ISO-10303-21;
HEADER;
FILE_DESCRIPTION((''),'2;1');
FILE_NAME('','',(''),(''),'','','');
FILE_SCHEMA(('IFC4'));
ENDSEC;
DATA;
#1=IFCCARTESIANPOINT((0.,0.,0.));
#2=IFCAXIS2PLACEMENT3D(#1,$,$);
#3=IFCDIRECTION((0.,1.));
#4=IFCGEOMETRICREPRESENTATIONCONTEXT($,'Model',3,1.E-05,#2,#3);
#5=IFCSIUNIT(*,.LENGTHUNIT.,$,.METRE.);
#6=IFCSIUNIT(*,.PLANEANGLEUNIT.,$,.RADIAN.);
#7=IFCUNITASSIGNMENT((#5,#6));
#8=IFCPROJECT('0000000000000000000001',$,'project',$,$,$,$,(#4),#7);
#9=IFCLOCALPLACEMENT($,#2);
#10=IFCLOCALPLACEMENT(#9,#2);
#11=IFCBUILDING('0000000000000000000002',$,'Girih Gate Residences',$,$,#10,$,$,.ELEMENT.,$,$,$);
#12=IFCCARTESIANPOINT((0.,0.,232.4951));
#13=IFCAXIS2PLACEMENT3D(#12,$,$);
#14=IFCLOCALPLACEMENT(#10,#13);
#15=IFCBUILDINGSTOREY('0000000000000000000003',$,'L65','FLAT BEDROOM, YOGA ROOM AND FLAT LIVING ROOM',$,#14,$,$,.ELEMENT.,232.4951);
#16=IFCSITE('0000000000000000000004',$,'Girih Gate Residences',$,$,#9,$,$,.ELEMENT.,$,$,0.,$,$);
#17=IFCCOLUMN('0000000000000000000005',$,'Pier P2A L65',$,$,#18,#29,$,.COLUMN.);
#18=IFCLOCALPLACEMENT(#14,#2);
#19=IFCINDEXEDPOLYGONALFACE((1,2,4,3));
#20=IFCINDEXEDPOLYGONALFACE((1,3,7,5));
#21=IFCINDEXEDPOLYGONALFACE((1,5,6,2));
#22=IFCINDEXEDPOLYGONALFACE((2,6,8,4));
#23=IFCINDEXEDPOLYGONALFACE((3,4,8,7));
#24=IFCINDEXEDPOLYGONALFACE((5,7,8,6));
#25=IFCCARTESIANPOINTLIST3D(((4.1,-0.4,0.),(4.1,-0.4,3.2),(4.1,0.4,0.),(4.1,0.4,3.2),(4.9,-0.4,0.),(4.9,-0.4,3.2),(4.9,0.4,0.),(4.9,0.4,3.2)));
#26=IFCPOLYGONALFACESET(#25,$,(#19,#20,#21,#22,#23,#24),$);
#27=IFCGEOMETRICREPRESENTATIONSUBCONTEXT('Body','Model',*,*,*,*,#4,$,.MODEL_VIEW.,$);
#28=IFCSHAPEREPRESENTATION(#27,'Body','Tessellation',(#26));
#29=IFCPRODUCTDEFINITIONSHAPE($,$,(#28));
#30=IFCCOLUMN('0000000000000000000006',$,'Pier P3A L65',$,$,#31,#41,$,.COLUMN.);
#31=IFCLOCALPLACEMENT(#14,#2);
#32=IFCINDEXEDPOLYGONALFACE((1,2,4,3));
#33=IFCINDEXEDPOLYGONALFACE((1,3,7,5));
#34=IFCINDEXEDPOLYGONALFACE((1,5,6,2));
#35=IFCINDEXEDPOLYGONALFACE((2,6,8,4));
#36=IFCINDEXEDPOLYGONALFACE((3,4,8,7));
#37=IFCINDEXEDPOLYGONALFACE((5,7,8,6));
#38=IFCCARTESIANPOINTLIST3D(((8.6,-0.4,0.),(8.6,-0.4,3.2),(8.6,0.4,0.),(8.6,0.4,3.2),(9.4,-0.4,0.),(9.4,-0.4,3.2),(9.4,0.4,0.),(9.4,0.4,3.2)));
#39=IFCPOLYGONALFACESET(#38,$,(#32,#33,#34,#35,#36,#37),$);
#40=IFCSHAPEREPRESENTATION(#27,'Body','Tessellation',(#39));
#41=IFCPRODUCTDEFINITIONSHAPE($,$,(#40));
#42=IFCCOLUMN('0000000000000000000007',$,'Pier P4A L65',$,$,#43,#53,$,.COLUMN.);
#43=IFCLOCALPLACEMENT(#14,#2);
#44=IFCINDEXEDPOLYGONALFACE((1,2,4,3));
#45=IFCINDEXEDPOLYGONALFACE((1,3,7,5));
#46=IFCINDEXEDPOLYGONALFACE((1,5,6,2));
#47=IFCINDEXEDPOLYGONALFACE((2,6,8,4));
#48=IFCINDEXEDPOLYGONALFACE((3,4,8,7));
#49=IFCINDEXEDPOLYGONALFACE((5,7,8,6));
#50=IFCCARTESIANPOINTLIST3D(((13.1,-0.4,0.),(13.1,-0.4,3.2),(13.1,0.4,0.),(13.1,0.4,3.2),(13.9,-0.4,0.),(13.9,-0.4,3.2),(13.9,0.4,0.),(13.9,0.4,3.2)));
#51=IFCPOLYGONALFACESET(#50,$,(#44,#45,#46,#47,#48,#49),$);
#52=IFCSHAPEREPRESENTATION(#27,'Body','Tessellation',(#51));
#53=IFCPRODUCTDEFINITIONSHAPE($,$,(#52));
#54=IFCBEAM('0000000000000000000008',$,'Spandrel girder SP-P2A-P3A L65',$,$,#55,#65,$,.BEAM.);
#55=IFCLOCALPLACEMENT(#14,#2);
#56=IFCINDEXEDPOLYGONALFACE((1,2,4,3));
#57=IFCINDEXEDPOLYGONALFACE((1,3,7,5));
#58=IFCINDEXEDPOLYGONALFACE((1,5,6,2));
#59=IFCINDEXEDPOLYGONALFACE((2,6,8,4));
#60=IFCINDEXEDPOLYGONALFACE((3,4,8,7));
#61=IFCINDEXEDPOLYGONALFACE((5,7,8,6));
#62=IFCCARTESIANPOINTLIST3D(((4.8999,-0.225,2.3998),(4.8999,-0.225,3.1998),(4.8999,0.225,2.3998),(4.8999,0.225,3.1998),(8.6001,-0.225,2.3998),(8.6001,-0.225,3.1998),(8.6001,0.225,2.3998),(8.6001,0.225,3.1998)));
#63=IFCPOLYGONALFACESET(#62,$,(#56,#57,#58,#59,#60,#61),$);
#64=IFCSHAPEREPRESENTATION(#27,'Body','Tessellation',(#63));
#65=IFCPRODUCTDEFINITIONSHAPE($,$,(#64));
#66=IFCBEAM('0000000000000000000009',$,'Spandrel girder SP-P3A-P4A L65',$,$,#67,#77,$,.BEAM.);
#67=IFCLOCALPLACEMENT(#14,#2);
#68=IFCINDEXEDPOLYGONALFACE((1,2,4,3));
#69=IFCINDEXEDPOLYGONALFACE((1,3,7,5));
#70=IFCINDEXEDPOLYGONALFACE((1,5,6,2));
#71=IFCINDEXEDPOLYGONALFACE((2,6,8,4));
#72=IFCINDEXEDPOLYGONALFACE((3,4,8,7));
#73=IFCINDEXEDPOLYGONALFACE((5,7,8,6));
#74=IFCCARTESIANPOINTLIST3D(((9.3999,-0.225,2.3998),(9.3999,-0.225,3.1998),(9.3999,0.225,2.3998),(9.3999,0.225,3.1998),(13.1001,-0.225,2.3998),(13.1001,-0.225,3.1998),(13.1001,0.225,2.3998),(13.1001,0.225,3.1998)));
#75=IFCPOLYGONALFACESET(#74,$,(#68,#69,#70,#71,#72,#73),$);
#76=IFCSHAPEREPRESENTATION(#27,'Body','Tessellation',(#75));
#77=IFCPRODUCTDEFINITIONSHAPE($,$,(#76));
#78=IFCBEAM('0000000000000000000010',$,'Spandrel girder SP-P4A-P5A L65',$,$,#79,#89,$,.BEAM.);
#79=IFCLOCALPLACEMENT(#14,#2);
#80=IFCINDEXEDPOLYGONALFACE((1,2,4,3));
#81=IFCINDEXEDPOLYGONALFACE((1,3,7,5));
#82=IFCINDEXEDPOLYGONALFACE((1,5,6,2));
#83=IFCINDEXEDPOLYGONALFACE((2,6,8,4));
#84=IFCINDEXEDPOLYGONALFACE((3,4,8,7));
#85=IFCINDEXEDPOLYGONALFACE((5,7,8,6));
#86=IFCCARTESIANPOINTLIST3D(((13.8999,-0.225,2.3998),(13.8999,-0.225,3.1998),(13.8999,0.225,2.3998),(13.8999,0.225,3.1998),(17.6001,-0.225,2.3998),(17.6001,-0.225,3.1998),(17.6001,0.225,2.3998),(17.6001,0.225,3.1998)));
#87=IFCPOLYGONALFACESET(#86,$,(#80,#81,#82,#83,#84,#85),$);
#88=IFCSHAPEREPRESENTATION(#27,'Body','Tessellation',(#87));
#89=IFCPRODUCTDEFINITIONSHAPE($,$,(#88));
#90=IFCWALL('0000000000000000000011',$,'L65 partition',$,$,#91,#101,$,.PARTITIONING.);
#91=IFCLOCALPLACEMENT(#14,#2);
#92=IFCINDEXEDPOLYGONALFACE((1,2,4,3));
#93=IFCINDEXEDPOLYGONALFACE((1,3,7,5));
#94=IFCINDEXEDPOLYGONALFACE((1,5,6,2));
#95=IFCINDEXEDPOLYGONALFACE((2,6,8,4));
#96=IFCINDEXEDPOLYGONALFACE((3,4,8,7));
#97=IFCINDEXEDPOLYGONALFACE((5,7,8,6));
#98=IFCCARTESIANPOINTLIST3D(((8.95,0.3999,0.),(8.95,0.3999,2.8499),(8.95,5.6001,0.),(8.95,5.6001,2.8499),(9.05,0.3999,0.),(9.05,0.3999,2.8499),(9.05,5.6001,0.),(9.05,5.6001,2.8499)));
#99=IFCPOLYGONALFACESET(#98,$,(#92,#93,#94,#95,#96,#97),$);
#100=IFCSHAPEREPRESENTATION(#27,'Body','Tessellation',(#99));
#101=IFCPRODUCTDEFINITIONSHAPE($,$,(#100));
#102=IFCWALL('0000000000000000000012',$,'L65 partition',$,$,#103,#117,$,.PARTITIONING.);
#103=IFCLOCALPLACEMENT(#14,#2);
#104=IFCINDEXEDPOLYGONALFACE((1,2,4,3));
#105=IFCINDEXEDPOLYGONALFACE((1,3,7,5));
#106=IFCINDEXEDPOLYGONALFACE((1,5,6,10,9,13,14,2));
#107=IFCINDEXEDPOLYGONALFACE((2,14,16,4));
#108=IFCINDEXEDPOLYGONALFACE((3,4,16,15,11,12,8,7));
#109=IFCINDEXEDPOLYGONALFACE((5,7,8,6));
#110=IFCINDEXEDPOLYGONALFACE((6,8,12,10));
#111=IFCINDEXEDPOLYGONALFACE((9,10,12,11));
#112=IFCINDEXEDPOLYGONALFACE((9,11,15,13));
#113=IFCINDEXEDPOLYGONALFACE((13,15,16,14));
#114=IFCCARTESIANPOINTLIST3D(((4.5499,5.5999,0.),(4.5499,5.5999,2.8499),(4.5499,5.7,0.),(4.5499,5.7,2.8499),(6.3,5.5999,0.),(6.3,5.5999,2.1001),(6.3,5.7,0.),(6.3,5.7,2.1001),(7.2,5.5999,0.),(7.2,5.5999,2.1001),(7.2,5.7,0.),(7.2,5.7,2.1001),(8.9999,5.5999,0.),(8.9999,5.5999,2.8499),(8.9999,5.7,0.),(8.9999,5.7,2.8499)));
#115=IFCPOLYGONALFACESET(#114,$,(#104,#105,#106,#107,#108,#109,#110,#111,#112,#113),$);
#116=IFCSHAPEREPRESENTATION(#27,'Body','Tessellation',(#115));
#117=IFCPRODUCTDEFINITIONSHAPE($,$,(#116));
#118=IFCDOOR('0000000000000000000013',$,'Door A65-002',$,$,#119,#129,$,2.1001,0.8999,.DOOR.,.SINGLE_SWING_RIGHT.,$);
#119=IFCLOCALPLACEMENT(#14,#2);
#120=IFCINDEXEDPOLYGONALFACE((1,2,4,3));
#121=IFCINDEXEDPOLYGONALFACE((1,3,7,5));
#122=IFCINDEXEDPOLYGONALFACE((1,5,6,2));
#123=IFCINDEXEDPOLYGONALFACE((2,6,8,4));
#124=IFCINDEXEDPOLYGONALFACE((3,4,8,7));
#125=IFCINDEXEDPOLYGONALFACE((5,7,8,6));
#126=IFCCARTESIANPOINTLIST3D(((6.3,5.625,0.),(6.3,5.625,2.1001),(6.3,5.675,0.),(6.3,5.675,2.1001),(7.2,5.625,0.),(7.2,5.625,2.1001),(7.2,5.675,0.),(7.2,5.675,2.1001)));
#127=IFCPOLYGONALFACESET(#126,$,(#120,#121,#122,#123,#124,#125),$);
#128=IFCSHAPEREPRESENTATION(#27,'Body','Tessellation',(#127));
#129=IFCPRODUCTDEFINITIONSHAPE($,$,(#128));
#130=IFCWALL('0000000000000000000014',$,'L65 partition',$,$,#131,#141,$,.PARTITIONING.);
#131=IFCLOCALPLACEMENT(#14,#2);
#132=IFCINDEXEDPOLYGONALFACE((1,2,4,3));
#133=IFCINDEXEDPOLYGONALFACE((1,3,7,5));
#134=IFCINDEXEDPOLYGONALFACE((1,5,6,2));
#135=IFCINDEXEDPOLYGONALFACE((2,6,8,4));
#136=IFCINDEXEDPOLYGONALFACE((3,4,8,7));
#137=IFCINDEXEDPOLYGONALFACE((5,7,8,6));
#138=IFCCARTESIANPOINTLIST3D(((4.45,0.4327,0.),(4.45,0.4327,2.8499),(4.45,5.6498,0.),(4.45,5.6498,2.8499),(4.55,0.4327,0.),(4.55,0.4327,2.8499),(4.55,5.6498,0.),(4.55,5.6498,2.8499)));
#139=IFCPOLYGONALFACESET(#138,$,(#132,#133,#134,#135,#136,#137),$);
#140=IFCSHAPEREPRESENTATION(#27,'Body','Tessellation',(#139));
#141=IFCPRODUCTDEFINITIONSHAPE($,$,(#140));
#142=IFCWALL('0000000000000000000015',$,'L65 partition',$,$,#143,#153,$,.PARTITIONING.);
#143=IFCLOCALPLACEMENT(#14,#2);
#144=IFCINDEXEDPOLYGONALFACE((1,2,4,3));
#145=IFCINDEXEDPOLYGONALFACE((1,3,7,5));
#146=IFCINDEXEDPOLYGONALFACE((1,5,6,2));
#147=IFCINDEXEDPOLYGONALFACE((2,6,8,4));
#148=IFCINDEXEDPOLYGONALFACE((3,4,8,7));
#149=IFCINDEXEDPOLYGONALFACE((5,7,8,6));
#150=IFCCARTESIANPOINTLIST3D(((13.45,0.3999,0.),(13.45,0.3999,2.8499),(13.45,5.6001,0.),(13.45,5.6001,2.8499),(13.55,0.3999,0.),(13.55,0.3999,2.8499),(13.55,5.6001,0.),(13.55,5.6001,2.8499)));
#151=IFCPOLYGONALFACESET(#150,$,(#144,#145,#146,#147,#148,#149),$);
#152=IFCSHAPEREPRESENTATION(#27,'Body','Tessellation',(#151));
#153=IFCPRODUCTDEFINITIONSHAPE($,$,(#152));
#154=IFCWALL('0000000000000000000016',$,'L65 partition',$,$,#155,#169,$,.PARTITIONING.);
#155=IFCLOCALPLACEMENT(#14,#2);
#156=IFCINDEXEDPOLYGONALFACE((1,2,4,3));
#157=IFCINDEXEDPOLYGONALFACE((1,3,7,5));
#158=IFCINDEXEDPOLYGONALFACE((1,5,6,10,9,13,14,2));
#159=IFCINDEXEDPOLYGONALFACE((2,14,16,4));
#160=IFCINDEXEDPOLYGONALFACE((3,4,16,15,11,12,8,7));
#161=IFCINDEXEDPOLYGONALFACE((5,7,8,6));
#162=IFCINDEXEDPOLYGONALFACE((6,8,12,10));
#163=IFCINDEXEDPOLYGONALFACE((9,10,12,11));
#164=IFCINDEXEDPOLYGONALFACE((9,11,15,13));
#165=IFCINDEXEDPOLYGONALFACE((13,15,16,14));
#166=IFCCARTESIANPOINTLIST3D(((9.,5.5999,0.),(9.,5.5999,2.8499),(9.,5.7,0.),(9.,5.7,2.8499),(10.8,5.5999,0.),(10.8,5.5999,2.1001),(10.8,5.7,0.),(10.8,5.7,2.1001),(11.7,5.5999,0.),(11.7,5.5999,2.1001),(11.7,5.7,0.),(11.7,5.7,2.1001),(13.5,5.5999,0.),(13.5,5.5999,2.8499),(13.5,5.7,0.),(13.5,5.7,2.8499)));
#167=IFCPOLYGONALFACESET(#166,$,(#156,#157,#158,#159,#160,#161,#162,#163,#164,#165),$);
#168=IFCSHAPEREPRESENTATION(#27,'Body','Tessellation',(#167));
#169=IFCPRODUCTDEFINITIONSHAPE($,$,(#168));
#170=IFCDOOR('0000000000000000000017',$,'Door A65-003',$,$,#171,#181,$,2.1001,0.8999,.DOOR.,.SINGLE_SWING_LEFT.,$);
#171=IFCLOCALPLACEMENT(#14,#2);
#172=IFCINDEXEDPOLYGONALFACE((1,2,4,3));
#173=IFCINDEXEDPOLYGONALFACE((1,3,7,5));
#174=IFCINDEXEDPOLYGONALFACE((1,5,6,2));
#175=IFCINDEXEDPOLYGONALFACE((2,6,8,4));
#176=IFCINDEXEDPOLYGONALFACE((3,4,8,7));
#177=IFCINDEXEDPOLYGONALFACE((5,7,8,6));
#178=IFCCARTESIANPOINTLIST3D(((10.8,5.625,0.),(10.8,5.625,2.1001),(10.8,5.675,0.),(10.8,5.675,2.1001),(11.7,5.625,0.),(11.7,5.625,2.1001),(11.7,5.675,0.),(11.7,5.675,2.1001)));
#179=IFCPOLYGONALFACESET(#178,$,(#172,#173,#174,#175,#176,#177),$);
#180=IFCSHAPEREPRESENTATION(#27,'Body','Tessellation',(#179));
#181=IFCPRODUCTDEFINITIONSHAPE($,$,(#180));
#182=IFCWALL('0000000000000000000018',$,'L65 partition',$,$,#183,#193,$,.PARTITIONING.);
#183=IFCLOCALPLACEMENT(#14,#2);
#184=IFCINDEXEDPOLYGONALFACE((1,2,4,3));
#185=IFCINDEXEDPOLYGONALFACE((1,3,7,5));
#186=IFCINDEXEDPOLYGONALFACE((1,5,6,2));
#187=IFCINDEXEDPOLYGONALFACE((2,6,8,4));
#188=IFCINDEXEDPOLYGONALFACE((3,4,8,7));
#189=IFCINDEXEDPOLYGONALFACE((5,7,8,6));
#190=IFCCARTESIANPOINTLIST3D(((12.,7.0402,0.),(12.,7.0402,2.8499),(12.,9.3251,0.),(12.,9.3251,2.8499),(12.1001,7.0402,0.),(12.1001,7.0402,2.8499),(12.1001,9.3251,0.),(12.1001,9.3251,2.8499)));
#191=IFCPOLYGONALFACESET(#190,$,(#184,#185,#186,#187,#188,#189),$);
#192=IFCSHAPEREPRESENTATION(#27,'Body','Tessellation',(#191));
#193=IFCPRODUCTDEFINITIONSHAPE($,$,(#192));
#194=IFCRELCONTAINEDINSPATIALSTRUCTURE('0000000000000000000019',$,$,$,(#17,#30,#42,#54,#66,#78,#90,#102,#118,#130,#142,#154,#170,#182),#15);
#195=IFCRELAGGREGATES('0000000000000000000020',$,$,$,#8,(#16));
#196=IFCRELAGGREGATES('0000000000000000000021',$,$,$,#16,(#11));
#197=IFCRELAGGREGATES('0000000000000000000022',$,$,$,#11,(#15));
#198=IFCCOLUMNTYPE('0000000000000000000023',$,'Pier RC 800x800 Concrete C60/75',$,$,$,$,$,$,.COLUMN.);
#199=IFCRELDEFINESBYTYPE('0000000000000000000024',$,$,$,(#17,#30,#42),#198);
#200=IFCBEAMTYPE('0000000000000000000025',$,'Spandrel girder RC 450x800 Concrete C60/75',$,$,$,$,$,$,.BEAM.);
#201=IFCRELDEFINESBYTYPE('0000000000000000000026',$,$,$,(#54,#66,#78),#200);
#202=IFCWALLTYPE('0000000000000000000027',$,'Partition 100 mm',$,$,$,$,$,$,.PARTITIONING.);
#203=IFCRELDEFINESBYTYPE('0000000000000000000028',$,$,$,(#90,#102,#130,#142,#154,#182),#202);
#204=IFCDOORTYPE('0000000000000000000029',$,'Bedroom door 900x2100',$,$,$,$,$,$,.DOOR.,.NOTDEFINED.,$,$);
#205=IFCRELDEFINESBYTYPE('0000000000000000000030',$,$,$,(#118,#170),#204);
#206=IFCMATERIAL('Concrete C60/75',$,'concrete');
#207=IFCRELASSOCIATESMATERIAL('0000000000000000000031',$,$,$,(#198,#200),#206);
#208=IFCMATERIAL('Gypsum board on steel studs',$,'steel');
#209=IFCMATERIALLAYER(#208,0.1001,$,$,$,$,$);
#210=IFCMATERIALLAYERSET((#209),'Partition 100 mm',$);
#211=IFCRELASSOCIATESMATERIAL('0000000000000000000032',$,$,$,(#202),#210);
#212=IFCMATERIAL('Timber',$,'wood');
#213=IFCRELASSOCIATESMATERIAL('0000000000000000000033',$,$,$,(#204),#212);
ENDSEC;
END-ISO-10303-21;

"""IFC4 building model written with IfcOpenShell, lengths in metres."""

from ifc_helpers import new_model, si_unit, direction, frame, frame_2d, origin, origin_2d, place, context, subcontext, project, spatial, rectangle, extrude, material, layer, layer_set, material_profile, profile_set, type_object, element, fill, save


model = new_model("IFC4")

# Units and contexts
model_context = context("Model", 3, precision=1e-05, world=origin(), true_north=direction((0.0, 1.0)))
body_context = subcontext(model_context, "Body", "Model", "MODEL_VIEW")
ifc_project = project(units=[si_unit("LENGTHUNIT", "METRE"), si_unit("PLANEANGLEUNIT", "RADIAN")], contexts=[model_context])

# Site, building, storey
site_placement = place(None, origin())
site = spatial("IfcSite", under=ifc_project, at=site_placement, Name="Girih Gate Residences", CompositionType="ELEMENT", RefElevation=0.0)
building_placement = place(site_placement, origin())
building = spatial("IfcBuilding", under=site, at=building_placement, Name="Girih Gate Residences", CompositionType="ELEMENT")
storey_placement = place(building_placement, frame((0.0, 0.0, 232.4951)))
storey = spatial("IfcBuildingStorey", under=building, at=storey_placement, Name="L65", Description="FLAT BEDROOM, YOGA ROOM AND FLAT LIVING ROOM", CompositionType="ELEMENT", Elevation=232.4951)

# Columns
ifc_material_1 = material(Name="Concrete C60/75", Category="concrete")
ifc_material_profile_1 = material_profile(ifc_material_1, rectangle(XDim=0.8, YDim=0.8, at=origin_2d()))
ifc_profile_set_1 = profile_set([ifc_material_profile_1], Name="Concrete C60/75")
column_type = type_object("IfcColumnType", Name="Pier RC 800x800 Concrete C60/75", PredefinedType="COLUMN", material=ifc_profile_set_1)
for number, where, z_axis, x_axis, name in (
    (1, (4.5, 0.0, 0.0), (0.0, 0.0, 1.0), (1.0, 0.0, 0.0), "Pier P2A L65"),
    (2, (9.0, 0.0, 0.0), (0.0, 0.0, 1.0), (1.0, 0.0, 0.0), "Pier P3A L65"),
    (3, (13.5, 0.0, 0.0), (0.0, 0.0, 1.0), (1.0, 0.0, 0.0), "Pier P4A L65"),
):
    element("IfcColumn", number, at=place(storey_placement, frame(where, z_axis=z_axis, x_axis=x_axis)), inside=storey, type_object=column_type, Name=name, PredefinedType="COLUMN", context=body_context, shape_type="SweptSolid", body=[
        extrude(rectangle(XDim=0.8, YDim=0.8, at=origin_2d()), origin(), (0.0, 0.0, 1.0), 3.2),
    ])

# Beams
ifc_material_profile_2 = material_profile(ifc_material_1, rectangle(XDim=0.45, YDim=0.8, at=origin_2d()))
ifc_profile_set_2 = profile_set([ifc_material_profile_2], Name="Concrete C60/75")
beam_type = type_object("IfcBeamType", Name="Spandrel girder RC 450x800 Concrete C60/75", PredefinedType="BEAM", material=ifc_profile_set_2)
for number, where, z_axis, x_axis, name in (
    (4, (4.8999, 0.0, 2.7998), (1.0, 0.0, 0.0), (0.0, 1.0, 0.0), "Spandrel girder SP-P2A-P3A L65"),
    (5, (9.3999, 0.0, 2.7998), (1.0, 0.0, 0.0), (0.0, 1.0, 0.0), "Spandrel girder SP-P3A-P4A L65"),
    (6, (13.8999, 0.0, 2.7998), (1.0, 0.0, 0.0), (0.0, 1.0, 0.0), "Spandrel girder SP-P4A-P5A L65"),
):
    element("IfcBeam", number, at=place(storey_placement, frame(where, z_axis=z_axis, x_axis=x_axis)), inside=storey, type_object=beam_type, Name=name, PredefinedType="BEAM", context=body_context, shape_type="SweptSolid", body=[
        extrude(rectangle(XDim=0.45, YDim=0.8, at=origin_2d()), origin(), (0.0, 0.0, 1.0), 3.7002),
    ])

# Wall
ifc_material_2 = material(Name="Gypsum board on steel studs", Category="steel")
ifc_layer_1 = layer(ifc_material_2, 0.1001)
ifc_layer_set_1 = layer_set([ifc_layer_1], Name="Partition 100 mm")
wall_type_1 = type_object("IfcWallType", Name="Partition 100 mm", PredefinedType="PARTITIONING", material=ifc_layer_set_1)
wall_1_placement = place(storey_placement, frame((9.0, 0.3999, 0.0), z_axis=(0.0, 0.0, 1.0), x_axis=(0.0, 1.0, 0.0)))
element("IfcWall", 7, at=wall_1_placement, inside=storey, type_object=wall_type_1, Name="L65 partition", PredefinedType="PARTITIONING", context=body_context, shape_type="SweptSolid", body=[
    extrude(rectangle(XDim=5.2002, YDim=0.1001, at=frame_2d((2.6001, 0.0))), origin(), (0.0, 0.0, 1.0), 2.8499),
])

# Wall, opening, door
wall_2_placement = place(storey_placement, frame((9.0, 5.6499, 0.0), z_axis=(0.0, 0.0, 1.0), x_axis=(-1.0, 0.0, 0.0)))
wall_2 = element("IfcWall", 8, at=wall_2_placement, inside=storey, type_object=wall_type_1, Name="L65 partition", PredefinedType="PARTITIONING", context=body_context, shape_type="SweptSolid", body=[
    extrude(rectangle(XDim=4.45, YDim=0.1001, at=frame_2d((2.2251, 0.0))), origin(), (0.0, 0.0, 1.0), 2.8499),
])
opening_1_placement = place(wall_2_placement, frame((1.8, 0.0, 0.0)))
opening_1 = element("IfcOpeningElement", 9, at=opening_1_placement, cuts=wall_2, PredefinedType="OPENING", context=body_context, shape_type="SweptSolid", body=[
    extrude(rectangle(XDim=0.8999, YDim=2.1001, at=frame_2d((0.45, 1.05))), frame((0.0, 0.0601, 0.0), z_axis=(0.0, -1.0, 0.0), x_axis=(1.0, 0.0, 0.0)), (0.0, 0.0, 1.0), 0.1201),
])
ifc_material_3 = material(Name="Timber", Category="wood")
door_type_1 = type_object("IfcDoorType", Name="Bedroom door 900x2100", OperationType="NOTDEFINED", PredefinedType="DOOR", material=ifc_material_3)
door_1_placement = place(opening_1_placement, origin())
door_1 = element("IfcDoor", 10, at=door_1_placement, inside=storey, type_object=door_type_1, Name="Door A65-002", OperationType="SINGLE_SWING_RIGHT", OverallHeight=2.1001, OverallWidth=0.8999, PredefinedType="DOOR", context=body_context, shape_type="SweptSolid", body=[
    extrude(rectangle(XDim=0.8999, YDim=2.1001, at=frame_2d((0.45, 1.05))), frame((0.0, 0.0249, 0.0), z_axis=(0.0, -1.0, 0.0), x_axis=(1.0, 0.0, 0.0)), (0.0, 0.0, 1.0), 0.05),
])
fill(opening_1, door_1)

# Walls
wall_3_placement = place(storey_placement, frame((4.5, 0.4329, 0.0), z_axis=(0.0, 0.0, 1.0), x_axis=(0.0, 1.0, 0.0)))
element("IfcWall", 11, at=wall_3_placement, inside=storey, type_object=wall_type_1, Name="L65 partition", PredefinedType="PARTITIONING", context=body_context, shape_type="SweptSolid", body=[
    extrude(rectangle(XDim=5.217, YDim=0.1001, at=frame_2d((2.6084, 0.0))), origin(), (0.0, 0.0, 1.0), 2.8499),
])
wall_4_placement = place(storey_placement, frame((13.5, 0.3999, 0.0), z_axis=(0.0, 0.0, 1.0), x_axis=(0.0, 1.0, 0.0)))
element("IfcWall", 12, at=wall_4_placement, inside=storey, type_object=wall_type_1, Name="L65 partition", PredefinedType="PARTITIONING", context=body_context, shape_type="SweptSolid", body=[
    extrude(rectangle(XDim=5.2002, YDim=0.1001, at=frame_2d((2.6001, 0.0))), origin(), (0.0, 0.0, 1.0), 2.8499),
])

# Wall, opening, door
wall_5_placement = place(storey_placement, frame((13.5, 5.6499, 0.0), z_axis=(0.0, 0.0, 1.0), x_axis=(-1.0, 0.0, 0.0)))
wall_5 = element("IfcWall", 13, at=wall_5_placement, inside=storey, type_object=wall_type_1, Name="L65 partition", PredefinedType="PARTITIONING", context=body_context, shape_type="SweptSolid", body=[
    extrude(rectangle(XDim=4.5, YDim=0.1001, at=frame_2d((2.25, 0.0))), origin(), (0.0, 0.0, 1.0), 2.8499),
])
opening_2_placement = place(wall_5_placement, frame((1.8, 0.0, 0.0)))
opening_2 = element("IfcOpeningElement", 14, at=opening_2_placement, cuts=wall_5, PredefinedType="OPENING", context=body_context, shape_type="SweptSolid", body=[
    extrude(rectangle(XDim=0.8999, YDim=2.1001, at=frame_2d((0.45, 1.05))), frame((0.0, 0.0601, 0.0), z_axis=(0.0, -1.0, 0.0), x_axis=(1.0, 0.0, 0.0)), (0.0, 0.0, 1.0), 0.1201),
])
door_2_placement = place(opening_2_placement, origin())
door_2 = element("IfcDoor", 15, at=door_2_placement, inside=storey, type_object=door_type_1, Name="Door A65-003", OperationType="SINGLE_SWING_LEFT", OverallHeight=2.1001, OverallWidth=0.8999, PredefinedType="DOOR", context=body_context, shape_type="SweptSolid", body=[
    extrude(rectangle(XDim=0.8999, YDim=2.1001, at=frame_2d((0.45, 1.05))), frame((0.0, 0.0249, 0.0), z_axis=(0.0, -1.0, 0.0), x_axis=(1.0, 0.0, 0.0)), (0.0, 0.0, 1.0), 0.05),
])
fill(opening_2, door_2)

# Wall
wall_6_placement = place(storey_placement, frame((12.05, 7.04, 0.0), z_axis=(0.0, 0.0, 1.0), x_axis=(0.0, 1.0, 0.0)))
element("IfcWall", 16, at=wall_6_placement, inside=storey, type_object=wall_type_1, Name="L65 partition", PredefinedType="PARTITIONING", context=body_context, shape_type="SweptSolid", body=[
    extrude(rectangle(XDim=2.2849, YDim=0.1001, at=frame_2d((1.1426, 0.0))), origin(), (0.0, 0.0, 1.0), 2.8499),
])

save(model, "model.ifc")
